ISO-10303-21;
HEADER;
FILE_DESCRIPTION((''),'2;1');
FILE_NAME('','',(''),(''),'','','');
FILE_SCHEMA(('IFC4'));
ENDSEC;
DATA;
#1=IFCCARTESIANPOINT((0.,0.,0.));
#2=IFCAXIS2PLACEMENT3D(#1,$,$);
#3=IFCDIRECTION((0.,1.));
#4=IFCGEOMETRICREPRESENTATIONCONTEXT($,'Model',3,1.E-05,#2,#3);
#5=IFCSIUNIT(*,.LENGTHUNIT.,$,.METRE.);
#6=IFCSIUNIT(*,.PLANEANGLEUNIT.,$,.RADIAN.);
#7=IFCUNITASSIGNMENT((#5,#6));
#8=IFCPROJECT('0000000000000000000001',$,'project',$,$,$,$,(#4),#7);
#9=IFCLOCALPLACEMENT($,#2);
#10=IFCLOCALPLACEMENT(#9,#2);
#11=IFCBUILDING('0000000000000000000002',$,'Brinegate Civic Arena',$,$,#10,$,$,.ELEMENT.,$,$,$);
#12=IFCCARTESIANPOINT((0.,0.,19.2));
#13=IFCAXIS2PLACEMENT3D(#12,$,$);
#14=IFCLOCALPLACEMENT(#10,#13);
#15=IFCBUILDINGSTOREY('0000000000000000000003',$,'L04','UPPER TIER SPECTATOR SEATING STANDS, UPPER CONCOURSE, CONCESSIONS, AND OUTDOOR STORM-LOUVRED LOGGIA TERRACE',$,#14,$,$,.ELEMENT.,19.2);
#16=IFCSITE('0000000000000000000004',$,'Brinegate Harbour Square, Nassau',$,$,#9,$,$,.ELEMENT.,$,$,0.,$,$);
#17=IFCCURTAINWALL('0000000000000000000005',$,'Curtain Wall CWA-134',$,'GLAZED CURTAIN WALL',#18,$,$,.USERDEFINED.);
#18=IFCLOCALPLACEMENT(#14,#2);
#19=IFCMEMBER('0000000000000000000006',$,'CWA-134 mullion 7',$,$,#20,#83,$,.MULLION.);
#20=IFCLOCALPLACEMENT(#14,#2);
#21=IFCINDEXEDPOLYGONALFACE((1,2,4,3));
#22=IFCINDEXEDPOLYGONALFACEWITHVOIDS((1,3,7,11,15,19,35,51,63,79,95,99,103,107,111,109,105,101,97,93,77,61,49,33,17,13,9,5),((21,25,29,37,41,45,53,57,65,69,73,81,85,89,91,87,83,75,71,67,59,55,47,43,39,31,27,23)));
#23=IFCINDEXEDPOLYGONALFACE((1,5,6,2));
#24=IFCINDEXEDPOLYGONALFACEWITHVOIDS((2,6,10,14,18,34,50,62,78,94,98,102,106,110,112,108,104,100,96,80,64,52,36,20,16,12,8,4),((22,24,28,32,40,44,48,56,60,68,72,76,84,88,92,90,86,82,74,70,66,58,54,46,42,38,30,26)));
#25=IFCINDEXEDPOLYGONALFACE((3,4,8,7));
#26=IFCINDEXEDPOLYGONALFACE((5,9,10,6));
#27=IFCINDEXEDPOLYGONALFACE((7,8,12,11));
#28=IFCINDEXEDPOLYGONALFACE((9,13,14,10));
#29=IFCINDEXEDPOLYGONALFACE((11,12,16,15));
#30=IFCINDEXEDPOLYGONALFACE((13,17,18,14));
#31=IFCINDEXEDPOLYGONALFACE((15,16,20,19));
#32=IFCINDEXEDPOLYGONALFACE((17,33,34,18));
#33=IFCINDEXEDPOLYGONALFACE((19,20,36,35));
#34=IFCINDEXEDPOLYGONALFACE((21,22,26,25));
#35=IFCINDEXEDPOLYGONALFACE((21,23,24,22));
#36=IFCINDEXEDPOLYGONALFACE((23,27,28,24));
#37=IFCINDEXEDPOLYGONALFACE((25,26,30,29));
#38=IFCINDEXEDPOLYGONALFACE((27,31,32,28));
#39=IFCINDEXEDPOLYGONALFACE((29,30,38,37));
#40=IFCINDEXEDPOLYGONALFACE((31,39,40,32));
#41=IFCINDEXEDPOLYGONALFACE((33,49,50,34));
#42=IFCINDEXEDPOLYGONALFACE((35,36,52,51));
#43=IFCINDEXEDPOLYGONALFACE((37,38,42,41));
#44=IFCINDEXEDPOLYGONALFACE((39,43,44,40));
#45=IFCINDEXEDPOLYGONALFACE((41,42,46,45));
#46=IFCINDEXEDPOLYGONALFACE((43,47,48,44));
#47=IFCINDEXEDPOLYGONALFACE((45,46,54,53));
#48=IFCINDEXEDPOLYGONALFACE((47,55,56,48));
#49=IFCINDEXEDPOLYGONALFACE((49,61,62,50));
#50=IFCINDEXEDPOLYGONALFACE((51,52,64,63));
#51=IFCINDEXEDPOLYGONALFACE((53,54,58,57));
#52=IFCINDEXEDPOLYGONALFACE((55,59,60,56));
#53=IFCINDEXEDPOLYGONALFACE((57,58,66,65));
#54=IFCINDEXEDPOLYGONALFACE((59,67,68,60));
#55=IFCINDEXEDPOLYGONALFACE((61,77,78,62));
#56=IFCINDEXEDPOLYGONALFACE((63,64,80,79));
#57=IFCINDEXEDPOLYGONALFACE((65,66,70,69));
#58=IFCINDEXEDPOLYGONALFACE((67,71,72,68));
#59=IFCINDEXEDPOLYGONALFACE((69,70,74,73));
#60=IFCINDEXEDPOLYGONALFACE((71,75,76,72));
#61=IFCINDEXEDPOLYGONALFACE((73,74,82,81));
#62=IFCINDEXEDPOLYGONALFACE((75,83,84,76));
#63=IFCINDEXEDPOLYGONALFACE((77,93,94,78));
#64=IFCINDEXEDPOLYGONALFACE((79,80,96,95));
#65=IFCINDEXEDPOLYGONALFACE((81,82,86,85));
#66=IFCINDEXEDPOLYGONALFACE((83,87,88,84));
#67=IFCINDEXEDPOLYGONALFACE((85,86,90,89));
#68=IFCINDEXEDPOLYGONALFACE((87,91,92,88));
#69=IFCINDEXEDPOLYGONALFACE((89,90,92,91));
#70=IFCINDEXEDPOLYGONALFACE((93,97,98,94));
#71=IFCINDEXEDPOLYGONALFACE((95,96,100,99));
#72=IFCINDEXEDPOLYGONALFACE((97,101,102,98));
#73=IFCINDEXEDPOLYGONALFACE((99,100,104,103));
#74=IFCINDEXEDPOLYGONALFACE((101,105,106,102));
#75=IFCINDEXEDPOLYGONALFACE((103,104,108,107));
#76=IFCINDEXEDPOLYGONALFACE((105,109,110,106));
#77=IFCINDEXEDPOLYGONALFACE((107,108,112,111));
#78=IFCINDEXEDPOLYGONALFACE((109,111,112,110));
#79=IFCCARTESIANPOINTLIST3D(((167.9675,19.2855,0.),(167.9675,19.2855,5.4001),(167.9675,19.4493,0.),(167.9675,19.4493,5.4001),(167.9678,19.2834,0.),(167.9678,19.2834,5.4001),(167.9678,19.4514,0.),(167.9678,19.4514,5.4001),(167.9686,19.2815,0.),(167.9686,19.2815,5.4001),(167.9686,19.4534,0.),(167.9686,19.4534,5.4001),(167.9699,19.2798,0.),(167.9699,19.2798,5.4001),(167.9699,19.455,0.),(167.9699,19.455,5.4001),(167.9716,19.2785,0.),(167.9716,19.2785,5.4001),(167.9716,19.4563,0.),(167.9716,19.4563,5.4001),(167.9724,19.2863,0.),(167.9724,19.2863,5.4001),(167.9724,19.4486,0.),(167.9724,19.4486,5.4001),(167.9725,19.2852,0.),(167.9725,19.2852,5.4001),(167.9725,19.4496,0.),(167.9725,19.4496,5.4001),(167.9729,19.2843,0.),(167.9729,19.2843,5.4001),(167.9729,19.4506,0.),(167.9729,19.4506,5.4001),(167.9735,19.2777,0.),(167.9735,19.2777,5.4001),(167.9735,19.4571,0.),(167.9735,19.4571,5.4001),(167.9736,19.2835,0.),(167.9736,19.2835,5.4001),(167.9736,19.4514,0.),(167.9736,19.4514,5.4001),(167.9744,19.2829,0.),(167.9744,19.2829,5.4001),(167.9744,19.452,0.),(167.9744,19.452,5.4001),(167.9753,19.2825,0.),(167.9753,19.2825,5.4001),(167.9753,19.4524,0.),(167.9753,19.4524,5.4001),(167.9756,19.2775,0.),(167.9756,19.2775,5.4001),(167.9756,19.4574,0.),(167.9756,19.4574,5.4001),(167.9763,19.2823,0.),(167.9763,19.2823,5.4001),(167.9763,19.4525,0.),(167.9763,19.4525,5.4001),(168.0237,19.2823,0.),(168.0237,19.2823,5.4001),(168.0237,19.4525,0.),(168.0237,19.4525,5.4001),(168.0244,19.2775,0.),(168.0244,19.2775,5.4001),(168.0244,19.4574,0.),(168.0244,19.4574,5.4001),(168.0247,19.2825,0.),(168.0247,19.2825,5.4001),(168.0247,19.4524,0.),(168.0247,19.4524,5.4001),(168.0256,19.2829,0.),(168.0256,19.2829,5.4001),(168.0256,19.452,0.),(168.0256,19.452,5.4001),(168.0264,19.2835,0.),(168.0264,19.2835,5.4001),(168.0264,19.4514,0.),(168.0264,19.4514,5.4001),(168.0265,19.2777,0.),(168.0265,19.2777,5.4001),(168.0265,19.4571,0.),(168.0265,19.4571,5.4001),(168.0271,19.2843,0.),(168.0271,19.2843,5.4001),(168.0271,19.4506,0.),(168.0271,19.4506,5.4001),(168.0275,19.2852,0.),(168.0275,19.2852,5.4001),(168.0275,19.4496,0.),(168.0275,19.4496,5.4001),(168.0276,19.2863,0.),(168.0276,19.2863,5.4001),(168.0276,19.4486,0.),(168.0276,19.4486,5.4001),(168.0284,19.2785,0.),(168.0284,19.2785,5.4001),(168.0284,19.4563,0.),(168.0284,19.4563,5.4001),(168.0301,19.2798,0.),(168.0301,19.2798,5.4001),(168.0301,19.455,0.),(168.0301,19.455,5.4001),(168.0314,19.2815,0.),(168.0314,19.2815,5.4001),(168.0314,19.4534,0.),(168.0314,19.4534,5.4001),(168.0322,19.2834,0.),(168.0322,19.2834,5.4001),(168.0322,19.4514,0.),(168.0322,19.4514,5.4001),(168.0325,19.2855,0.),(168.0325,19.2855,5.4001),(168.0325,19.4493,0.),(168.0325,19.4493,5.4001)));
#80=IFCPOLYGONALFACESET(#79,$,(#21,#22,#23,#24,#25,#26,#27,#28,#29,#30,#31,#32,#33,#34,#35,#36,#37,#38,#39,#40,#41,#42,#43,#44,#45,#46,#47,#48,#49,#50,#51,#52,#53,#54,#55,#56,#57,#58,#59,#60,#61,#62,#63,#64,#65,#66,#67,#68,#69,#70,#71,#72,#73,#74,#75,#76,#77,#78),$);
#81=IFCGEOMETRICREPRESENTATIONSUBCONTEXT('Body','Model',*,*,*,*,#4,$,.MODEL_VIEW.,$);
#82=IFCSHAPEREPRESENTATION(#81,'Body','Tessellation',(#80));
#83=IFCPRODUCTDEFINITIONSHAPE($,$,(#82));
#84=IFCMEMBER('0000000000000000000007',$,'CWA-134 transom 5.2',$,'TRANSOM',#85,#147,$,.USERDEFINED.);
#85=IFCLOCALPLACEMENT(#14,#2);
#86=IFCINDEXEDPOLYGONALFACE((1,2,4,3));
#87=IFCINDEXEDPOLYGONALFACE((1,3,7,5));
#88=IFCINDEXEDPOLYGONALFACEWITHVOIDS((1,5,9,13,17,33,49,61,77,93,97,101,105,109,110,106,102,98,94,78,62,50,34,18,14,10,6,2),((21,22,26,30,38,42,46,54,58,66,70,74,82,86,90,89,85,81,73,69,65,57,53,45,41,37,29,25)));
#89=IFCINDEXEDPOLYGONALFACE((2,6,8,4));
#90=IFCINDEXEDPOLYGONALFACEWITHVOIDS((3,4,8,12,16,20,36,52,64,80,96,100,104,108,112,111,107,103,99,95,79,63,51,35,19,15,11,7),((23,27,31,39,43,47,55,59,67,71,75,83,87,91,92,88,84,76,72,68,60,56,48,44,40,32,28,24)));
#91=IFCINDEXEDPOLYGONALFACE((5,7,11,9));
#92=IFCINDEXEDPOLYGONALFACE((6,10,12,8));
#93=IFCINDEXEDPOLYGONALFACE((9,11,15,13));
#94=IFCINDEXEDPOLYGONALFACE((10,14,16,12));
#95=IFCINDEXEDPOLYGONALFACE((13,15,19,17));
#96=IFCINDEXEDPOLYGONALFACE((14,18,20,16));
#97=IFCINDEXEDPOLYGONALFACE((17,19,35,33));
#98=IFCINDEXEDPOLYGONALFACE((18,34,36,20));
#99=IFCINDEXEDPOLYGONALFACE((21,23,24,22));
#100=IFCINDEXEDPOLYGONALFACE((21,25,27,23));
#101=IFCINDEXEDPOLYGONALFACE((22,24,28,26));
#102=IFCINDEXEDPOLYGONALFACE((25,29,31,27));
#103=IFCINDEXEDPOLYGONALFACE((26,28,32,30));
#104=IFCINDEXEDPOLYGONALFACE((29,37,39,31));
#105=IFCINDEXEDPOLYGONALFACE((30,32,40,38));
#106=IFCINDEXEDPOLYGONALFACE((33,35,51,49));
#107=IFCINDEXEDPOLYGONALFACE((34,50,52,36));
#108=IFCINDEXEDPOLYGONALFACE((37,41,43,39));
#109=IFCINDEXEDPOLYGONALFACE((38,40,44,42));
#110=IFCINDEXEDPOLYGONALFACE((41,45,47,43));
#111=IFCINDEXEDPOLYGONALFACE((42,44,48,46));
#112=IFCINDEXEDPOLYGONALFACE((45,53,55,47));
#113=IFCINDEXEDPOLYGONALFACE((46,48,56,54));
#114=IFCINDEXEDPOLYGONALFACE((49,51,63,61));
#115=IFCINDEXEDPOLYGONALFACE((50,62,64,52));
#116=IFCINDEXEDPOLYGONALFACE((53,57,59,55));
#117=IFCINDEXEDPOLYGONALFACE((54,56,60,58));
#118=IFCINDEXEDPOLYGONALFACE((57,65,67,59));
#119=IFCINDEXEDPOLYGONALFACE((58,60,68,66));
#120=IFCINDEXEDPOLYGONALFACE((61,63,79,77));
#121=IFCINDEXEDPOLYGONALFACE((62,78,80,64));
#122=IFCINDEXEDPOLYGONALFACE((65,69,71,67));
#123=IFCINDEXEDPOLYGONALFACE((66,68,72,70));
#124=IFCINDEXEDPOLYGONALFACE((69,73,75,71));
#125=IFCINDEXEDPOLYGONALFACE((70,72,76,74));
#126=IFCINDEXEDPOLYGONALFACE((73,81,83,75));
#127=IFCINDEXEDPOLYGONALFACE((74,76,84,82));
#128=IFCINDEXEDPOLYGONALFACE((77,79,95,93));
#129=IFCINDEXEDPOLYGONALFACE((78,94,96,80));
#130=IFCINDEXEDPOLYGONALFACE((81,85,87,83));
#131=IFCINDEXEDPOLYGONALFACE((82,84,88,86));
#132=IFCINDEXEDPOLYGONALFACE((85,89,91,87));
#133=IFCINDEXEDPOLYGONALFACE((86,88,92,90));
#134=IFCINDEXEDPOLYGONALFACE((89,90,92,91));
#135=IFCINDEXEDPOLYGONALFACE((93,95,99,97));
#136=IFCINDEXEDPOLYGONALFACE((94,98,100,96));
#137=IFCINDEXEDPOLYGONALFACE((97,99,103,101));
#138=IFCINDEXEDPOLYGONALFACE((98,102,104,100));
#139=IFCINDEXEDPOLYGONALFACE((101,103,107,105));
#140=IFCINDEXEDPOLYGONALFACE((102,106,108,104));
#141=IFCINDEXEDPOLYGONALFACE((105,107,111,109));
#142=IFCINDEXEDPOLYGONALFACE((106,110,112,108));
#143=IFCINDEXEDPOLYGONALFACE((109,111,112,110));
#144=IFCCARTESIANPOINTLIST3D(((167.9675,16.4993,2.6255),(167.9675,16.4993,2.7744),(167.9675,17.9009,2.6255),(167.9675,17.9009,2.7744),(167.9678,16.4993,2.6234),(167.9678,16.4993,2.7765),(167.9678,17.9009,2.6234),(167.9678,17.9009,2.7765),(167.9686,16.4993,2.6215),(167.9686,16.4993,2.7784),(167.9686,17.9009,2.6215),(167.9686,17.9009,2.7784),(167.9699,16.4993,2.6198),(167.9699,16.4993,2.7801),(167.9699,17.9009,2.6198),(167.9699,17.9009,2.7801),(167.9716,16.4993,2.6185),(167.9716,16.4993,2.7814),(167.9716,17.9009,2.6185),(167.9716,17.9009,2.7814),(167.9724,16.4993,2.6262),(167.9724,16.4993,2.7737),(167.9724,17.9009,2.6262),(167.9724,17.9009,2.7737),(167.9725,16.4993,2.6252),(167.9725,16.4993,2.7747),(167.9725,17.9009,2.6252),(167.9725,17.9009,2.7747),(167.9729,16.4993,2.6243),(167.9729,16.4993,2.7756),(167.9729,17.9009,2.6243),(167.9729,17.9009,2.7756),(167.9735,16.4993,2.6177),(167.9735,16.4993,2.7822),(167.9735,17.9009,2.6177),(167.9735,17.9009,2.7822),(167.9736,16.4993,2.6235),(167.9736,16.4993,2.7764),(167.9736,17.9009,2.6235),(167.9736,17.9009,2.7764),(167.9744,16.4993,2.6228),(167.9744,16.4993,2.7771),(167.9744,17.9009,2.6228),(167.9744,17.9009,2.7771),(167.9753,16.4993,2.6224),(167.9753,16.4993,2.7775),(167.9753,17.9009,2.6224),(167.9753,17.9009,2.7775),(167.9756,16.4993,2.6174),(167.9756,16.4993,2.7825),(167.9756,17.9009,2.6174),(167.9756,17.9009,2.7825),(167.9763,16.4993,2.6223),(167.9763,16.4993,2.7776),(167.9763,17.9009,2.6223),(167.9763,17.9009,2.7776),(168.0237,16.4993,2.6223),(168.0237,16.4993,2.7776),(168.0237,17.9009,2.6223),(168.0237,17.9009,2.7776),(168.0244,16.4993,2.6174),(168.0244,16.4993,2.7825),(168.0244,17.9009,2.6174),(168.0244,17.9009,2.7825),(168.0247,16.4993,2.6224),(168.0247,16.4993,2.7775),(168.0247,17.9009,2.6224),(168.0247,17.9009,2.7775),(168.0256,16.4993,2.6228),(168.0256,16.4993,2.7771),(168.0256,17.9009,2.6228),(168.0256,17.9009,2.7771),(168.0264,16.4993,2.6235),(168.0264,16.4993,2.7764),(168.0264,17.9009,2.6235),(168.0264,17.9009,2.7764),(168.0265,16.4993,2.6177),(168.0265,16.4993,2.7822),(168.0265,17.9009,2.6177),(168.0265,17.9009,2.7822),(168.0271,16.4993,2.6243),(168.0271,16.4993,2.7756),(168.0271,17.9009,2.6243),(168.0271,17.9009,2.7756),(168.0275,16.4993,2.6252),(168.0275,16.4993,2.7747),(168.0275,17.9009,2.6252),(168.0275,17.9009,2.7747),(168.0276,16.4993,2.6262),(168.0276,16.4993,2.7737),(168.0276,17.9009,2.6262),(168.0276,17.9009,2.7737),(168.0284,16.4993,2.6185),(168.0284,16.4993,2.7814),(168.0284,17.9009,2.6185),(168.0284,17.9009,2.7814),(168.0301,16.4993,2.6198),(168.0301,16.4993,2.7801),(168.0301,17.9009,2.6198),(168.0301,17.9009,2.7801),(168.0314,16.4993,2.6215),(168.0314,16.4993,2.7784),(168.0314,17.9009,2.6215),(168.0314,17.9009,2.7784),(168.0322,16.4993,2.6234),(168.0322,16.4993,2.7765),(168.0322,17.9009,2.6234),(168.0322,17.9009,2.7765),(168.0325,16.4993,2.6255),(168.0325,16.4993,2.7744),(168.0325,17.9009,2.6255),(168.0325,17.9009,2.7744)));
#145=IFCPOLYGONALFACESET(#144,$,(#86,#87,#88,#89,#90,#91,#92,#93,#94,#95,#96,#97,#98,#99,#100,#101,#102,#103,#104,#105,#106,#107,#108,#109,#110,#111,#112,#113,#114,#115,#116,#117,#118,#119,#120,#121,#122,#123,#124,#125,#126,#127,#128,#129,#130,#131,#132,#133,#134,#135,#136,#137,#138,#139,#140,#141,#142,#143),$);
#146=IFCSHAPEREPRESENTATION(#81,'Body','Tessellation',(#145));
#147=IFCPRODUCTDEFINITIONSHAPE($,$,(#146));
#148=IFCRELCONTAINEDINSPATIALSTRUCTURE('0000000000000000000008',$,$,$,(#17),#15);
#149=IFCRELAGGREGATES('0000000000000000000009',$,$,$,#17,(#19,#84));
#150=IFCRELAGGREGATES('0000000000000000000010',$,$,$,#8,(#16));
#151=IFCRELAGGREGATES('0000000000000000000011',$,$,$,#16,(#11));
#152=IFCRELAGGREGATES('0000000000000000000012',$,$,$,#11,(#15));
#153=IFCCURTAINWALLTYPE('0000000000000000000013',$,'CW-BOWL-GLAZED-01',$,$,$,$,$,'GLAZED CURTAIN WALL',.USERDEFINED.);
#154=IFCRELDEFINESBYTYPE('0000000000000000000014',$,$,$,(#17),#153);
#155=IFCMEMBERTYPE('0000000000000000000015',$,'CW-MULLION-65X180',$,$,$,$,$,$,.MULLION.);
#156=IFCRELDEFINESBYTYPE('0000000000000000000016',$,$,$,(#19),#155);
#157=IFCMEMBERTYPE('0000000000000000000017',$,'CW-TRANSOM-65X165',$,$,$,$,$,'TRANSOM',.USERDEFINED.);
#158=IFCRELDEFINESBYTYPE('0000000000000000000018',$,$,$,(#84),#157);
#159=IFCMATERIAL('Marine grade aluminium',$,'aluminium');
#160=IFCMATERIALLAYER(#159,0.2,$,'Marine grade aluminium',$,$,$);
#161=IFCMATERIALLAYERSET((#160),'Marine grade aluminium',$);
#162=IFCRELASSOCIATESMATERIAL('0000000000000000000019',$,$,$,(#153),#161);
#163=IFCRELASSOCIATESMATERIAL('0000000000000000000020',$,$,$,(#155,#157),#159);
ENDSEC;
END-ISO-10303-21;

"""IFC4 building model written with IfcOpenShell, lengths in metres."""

from ifc_helpers import new_model, si_unit, direction, frame, origin, origin_2d, place, context, subcontext, project, spatial, hollow_rectangle, extrude, material, layer, layer_set, material_profile, profile_set, type_object, element, aggregate, save


model = new_model("IFC4")

# Units and contexts
model_context = context("Model", 3, precision=1e-05, world=origin(), true_north=direction((0.0, 1.0)))
body_context = subcontext(model_context, "Body", "Model", "MODEL_VIEW")
ifc_project = project(units=[si_unit("LENGTHUNIT", "METRE"), si_unit("PLANEANGLEUNIT", "RADIAN")], contexts=[model_context])

# Site, building, storey
site_placement = place(None, origin())
site = spatial("IfcSite", under=ifc_project, at=site_placement, Name="Brinegate Harbour Square, Nassau", CompositionType="ELEMENT", RefElevation=0.0)
building_placement = place(site_placement, origin())
building = spatial("IfcBuilding", under=site, at=building_placement, Name="Brinegate Civic Arena", CompositionType="ELEMENT")
storey_placement = place(building_placement, frame((0.0, 0.0, 19.2)))
storey = spatial("IfcBuildingStorey", under=building, at=storey_placement, Name="L04", Description="UPPER TIER SPECTATOR SEATING STANDS, UPPER CONCOURSE, CONCESSIONS, AND OUTDOOR STORM-LOUVRED LOGGIA TERRACE", CompositionType="ELEMENT", Elevation=19.2)

# Curtain wall, members
ifc_material_1 = material(Name="Marine grade aluminium", Category="aluminium")
ifc_layer_1 = layer(ifc_material_1, 0.2, Name="Marine grade aluminium")
ifc_layer_set_1 = layer_set([ifc_layer_1], Name="Marine grade aluminium")
curtain_wall_type = type_object("IfcCurtainWallType", Name="CW-BOWL-GLAZED-01", ElementType="GLAZED CURTAIN WALL", PredefinedType="USERDEFINED", material=ifc_layer_set_1)
curtain_wall_placement = place(storey_placement, origin())
curtain_wall = element("IfcCurtainWall", 1, at=curtain_wall_placement, inside=storey, type_object=curtain_wall_type, Name="Curtain Wall CWA-134", ObjectType="GLAZED CURTAIN WALL", PredefinedType="USERDEFINED")
ifc_material_profile_1 = material_profile(ifc_material_1, hollow_rectangle(XDim=0.0649, YDim=0.1799, WallThickness=0.0049, InnerFilletRadius=0.0039, OuterFilletRadius=0.0081, at=origin_2d()), Name="MUL65X180")
ifc_profile_set_1 = profile_set([ifc_material_profile_1], Name="Marine grade aluminium")
member_type_1 = type_object("IfcMemberType", Name="CW-MULLION-65X180", PredefinedType="MULLION", material=ifc_profile_set_1)
member_1_placement = place(storey_placement, frame((168.0, 19.3674, 0.0), z_axis=(0.0, 0.0, 1.0), x_axis=(-1.0, 0.0, 0.0)))
member_1 = element("IfcMember", 2, at=member_1_placement, type_object=member_type_1, Name="CWA-134 mullion 7", PredefinedType="MULLION", context=body_context, shape_type="SweptSolid", body=[
    extrude(hollow_rectangle(XDim=0.0649, YDim=0.1799, WallThickness=0.0049, InnerFilletRadius=0.0039, OuterFilletRadius=0.0081, at=origin_2d()), origin(), (0.0, 0.0, 1.0), 5.4001),
])
ifc_material_profile_2 = material_profile(ifc_material_1, hollow_rectangle(XDim=0.0649, YDim=0.165, WallThickness=0.0049, InnerFilletRadius=0.0039, OuterFilletRadius=0.0081, at=origin_2d()), Name="TRN65X165")
ifc_profile_set_2 = profile_set([ifc_material_profile_2], Name="Marine grade aluminium")
member_type_2 = type_object("IfcMemberType", Name="CW-TRANSOM-65X165", ElementType="TRANSOM", PredefinedType="USERDEFINED", material=ifc_profile_set_2)
member_2_placement = place(storey_placement, frame((168.0, 16.4993, 2.7), z_axis=(0.0, 1.0, 0.0), x_axis=(-1.0, 0.0, 0.0)))
member_2 = element("IfcMember", 3, at=member_2_placement, type_object=member_type_2, Name="CWA-134 transom 5.2", ObjectType="TRANSOM", PredefinedType="USERDEFINED", context=body_context, shape_type="SweptSolid", body=[
    extrude(hollow_rectangle(XDim=0.0649, YDim=0.165, WallThickness=0.0049, InnerFilletRadius=0.0039, OuterFilletRadius=0.0081, at=origin_2d()), origin(), (0.0, 0.0, 1.0), 1.4016),
])

aggregate(curtain_wall, [member_1, member_2])

save(model, "model.ifc")
